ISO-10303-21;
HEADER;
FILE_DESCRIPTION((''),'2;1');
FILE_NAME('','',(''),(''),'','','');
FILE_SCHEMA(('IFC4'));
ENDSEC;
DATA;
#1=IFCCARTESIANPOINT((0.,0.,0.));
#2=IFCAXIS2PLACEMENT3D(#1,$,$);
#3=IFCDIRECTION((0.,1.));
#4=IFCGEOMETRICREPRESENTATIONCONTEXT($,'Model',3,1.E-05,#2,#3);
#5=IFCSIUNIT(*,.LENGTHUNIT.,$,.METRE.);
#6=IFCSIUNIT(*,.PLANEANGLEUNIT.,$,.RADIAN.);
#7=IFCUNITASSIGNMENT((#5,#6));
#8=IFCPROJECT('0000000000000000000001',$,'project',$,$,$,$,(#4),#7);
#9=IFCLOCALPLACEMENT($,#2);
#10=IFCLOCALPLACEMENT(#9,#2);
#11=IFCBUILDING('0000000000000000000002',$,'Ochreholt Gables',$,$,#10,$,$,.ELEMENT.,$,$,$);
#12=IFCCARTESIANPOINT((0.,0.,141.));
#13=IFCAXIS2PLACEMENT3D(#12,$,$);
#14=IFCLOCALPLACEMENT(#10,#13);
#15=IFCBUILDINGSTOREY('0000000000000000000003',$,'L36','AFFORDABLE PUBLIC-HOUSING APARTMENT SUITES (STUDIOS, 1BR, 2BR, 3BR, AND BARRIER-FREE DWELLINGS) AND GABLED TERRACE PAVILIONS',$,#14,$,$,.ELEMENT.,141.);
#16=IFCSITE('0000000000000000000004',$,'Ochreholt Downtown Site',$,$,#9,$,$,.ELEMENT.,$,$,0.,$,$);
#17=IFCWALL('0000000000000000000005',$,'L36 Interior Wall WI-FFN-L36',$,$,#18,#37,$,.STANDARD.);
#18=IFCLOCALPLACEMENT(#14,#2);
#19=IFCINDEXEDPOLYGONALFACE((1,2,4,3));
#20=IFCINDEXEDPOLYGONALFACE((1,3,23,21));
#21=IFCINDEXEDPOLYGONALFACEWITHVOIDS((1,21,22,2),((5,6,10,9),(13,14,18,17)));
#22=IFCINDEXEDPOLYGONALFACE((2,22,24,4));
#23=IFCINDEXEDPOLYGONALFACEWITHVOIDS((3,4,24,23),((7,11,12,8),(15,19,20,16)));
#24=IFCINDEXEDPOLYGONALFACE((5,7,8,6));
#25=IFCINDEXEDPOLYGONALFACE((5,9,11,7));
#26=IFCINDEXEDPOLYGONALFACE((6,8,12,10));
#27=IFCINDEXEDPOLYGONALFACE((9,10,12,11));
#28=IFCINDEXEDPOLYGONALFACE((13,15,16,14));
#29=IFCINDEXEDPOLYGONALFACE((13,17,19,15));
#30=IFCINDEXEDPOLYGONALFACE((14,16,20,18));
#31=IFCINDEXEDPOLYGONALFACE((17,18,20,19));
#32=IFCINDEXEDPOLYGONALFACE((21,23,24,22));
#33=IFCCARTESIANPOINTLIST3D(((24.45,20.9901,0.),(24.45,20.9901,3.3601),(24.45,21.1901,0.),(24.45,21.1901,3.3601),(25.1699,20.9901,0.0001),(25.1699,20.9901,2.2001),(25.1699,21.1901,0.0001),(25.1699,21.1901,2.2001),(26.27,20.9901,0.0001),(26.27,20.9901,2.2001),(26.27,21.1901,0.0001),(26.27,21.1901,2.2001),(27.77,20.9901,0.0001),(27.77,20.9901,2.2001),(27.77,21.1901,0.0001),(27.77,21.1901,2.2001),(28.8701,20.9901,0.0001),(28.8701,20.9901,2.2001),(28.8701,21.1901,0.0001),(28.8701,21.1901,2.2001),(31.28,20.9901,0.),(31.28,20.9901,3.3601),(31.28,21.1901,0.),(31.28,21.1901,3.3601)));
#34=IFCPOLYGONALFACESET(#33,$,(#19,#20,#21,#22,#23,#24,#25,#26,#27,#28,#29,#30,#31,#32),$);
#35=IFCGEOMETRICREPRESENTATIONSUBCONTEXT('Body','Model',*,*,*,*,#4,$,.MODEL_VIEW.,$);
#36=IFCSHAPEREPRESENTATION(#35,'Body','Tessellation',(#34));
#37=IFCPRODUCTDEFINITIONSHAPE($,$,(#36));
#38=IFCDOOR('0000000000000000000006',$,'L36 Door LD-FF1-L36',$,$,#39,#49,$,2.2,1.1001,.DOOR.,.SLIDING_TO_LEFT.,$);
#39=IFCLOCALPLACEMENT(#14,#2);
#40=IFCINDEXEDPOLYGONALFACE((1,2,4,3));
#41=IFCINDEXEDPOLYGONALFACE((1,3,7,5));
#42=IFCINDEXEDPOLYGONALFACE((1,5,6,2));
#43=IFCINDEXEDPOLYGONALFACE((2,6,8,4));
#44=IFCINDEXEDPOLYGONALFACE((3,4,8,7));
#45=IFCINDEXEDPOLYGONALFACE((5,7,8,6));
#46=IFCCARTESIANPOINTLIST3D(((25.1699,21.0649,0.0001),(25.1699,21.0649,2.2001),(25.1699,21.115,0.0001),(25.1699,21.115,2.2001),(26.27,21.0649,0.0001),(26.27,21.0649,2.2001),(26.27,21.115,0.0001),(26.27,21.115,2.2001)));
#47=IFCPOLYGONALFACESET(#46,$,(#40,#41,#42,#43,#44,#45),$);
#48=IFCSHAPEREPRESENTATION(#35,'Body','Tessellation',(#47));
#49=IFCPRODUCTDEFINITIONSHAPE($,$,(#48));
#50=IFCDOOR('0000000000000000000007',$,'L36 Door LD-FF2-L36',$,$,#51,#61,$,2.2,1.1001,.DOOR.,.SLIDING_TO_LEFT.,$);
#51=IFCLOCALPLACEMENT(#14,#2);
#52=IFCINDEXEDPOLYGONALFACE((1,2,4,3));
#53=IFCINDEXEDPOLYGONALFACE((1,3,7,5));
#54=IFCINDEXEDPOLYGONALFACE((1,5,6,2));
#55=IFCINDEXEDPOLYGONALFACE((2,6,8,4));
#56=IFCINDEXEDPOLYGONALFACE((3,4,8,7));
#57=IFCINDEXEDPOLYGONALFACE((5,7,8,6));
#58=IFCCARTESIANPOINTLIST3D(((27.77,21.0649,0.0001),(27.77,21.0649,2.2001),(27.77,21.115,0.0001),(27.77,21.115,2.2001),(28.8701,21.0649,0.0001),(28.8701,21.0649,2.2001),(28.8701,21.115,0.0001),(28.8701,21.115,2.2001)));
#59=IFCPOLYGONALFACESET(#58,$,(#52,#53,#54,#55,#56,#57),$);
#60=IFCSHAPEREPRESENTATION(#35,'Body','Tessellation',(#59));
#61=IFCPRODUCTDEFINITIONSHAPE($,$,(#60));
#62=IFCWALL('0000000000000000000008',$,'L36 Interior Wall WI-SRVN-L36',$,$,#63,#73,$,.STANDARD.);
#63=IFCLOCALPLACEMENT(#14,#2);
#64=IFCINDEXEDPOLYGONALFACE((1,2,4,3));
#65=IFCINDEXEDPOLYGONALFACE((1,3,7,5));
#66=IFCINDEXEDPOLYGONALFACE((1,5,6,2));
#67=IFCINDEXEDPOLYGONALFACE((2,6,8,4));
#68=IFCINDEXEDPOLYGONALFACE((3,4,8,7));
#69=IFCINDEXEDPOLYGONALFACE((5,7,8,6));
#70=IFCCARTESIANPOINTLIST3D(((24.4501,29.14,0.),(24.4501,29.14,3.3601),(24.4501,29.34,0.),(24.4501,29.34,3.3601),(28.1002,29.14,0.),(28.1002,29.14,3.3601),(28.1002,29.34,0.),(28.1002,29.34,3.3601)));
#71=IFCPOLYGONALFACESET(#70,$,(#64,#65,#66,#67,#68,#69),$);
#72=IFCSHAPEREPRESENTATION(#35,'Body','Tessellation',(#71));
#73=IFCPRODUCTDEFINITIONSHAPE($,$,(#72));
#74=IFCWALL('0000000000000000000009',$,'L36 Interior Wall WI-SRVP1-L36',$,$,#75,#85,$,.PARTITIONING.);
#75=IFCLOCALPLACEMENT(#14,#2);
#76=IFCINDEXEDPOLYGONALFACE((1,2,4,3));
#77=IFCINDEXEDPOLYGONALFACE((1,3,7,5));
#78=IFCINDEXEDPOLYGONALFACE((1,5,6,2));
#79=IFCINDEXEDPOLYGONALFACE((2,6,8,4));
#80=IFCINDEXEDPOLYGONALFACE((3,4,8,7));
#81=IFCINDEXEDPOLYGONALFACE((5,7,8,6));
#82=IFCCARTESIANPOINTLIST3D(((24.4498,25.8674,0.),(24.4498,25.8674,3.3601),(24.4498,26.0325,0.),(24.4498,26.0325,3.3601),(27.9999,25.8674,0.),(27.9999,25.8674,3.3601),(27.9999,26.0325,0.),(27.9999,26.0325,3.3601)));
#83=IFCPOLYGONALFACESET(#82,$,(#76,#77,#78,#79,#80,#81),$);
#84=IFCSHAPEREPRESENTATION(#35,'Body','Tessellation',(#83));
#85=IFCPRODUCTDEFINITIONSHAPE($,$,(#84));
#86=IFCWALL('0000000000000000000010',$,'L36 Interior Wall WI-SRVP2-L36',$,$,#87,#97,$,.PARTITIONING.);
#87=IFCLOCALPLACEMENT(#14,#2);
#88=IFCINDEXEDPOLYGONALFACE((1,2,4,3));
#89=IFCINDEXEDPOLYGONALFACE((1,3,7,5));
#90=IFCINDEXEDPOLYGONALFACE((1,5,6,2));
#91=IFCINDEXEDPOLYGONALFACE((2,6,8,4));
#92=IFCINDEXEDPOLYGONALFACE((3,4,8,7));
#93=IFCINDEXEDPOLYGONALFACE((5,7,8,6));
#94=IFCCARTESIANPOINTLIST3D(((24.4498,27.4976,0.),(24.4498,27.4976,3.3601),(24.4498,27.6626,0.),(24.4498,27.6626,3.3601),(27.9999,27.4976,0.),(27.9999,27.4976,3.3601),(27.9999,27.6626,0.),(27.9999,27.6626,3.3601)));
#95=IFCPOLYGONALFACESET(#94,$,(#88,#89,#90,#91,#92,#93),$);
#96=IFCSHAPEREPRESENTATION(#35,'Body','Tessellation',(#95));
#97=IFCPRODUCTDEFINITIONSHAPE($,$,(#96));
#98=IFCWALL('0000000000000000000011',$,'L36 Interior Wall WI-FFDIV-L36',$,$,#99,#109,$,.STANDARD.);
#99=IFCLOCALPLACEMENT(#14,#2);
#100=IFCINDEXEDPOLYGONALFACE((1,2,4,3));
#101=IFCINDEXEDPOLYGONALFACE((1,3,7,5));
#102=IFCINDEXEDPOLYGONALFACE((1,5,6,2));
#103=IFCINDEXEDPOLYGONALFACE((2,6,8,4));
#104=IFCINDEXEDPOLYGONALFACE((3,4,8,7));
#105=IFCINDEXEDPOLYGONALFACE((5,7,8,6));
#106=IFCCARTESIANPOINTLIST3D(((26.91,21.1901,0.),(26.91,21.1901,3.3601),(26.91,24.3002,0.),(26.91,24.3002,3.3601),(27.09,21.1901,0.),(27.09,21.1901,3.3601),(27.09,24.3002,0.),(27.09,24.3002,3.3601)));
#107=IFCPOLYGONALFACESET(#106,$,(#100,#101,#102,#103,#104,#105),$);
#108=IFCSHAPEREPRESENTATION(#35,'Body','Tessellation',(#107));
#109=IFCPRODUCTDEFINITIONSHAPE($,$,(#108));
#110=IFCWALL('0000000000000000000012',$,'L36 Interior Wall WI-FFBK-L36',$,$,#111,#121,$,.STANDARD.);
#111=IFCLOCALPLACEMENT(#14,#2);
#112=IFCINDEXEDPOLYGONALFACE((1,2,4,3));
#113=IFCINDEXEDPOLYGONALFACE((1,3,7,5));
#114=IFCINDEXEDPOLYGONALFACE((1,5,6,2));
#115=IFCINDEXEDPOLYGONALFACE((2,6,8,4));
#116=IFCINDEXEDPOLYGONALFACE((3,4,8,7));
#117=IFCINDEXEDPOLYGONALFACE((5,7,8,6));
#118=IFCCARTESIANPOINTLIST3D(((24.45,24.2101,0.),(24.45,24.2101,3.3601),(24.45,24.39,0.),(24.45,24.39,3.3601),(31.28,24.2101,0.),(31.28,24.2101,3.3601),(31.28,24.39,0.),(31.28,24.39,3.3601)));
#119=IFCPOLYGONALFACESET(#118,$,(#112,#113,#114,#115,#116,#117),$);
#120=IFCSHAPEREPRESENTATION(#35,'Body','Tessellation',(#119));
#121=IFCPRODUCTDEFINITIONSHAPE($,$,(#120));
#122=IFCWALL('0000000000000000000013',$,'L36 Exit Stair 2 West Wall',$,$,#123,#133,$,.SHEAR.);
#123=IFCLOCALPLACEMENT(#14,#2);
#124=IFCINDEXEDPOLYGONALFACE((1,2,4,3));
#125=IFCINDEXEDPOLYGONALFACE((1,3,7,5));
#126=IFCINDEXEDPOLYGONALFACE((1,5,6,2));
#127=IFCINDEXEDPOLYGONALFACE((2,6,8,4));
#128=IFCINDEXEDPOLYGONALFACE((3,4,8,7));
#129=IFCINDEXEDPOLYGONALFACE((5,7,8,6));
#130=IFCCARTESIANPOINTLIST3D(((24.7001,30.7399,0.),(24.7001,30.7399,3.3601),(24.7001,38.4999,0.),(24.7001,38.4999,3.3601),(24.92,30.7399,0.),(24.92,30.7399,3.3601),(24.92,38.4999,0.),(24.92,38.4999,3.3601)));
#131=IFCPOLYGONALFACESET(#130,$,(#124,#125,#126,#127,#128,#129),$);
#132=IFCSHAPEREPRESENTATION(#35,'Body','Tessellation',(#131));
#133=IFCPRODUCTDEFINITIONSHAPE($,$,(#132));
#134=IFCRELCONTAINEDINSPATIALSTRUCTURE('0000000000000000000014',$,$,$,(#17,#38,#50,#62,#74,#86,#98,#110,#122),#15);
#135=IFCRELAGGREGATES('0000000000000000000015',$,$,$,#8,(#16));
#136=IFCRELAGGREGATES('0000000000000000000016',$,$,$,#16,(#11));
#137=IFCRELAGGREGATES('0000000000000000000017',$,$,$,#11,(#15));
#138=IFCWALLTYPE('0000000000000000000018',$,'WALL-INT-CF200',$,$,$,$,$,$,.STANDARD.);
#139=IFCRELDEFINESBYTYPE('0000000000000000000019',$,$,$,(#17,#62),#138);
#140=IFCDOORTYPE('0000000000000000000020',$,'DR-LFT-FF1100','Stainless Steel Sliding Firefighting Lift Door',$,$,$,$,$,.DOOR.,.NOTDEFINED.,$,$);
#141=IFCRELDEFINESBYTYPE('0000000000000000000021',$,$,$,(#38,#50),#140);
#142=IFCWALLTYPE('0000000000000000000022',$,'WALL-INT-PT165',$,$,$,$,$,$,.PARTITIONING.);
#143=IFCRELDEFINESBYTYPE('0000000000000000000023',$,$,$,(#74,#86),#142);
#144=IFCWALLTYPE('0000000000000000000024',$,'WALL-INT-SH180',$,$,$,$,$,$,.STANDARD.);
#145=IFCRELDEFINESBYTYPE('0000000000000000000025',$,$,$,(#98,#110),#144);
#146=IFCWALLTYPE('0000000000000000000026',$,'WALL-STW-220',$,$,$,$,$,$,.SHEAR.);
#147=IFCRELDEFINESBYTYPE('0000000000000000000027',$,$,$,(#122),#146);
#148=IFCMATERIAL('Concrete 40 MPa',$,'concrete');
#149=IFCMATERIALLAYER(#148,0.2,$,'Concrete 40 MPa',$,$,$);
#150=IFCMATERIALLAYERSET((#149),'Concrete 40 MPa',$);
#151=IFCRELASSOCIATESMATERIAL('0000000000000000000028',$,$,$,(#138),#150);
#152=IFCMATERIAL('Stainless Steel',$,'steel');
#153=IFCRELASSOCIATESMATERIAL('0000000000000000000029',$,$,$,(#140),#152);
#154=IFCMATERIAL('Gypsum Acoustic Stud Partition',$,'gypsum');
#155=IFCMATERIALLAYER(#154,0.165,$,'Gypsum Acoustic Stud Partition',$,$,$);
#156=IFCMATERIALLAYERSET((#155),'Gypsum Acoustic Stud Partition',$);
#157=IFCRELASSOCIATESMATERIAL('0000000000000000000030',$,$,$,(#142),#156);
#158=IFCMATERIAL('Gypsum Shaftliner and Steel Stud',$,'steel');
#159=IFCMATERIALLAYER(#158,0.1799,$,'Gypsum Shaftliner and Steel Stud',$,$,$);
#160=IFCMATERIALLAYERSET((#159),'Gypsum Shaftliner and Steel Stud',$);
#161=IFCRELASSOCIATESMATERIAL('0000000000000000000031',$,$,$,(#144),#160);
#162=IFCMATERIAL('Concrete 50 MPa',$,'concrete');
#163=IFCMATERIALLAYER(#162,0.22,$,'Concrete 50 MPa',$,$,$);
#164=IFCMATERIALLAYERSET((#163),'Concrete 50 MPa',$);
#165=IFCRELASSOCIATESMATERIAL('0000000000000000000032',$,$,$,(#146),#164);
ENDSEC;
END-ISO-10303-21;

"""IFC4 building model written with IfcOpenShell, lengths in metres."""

from ifc_helpers import new_model, si_unit, direction, frame, frame_2d, origin, place, context, subcontext, project, spatial, rectangle, extrude, material, layer, layer_set, type_object, element, fill, save


model = new_model("IFC4")

# Units and contexts
model_context = context("Model", 3, precision=1e-05, world=origin(), true_north=direction((0.0, 1.0)))
body_context = subcontext(model_context, "Body", "Model", "MODEL_VIEW")
ifc_project = project(units=[si_unit("LENGTHUNIT", "METRE"), si_unit("PLANEANGLEUNIT", "RADIAN")], contexts=[model_context])

# Site, building, storey
site_placement = place(None, origin())
site = spatial("IfcSite", under=ifc_project, at=site_placement, Name="Ochreholt Downtown Site", CompositionType="ELEMENT", RefElevation=0.0)
building_placement = place(site_placement, origin())
building = spatial("IfcBuilding", under=site, at=building_placement, Name="Ochreholt Gables", CompositionType="ELEMENT")
storey_placement = place(building_placement, frame((0.0, 0.0, 141.0)))
storey = spatial("IfcBuildingStorey", under=building, at=storey_placement, Name="L36", Description="AFFORDABLE PUBLIC-HOUSING APARTMENT SUITES (STUDIOS, 1BR, 2BR, 3BR, AND BARRIER-FREE DWELLINGS) AND GABLED TERRACE PAVILIONS", CompositionType="ELEMENT", Elevation=141.0)

# Shared definitions
ifc_material_1 = material(Name="Concrete 50 MPa", Category="concrete")

# Wall, openings, doors
ifc_material_2 = material(Name="Concrete 40 MPa", Category="concrete")
ifc_layer_1 = layer(ifc_material_2, 0.2, Name="Concrete 40 MPa")
ifc_layer_set_1 = layer_set([ifc_layer_1], Name="Concrete 40 MPa")
wall_type_1 = type_object("IfcWallType", Name="WALL-INT-CF200", PredefinedType="STANDARD", material=ifc_layer_set_1)
wall_1_placement = place(storey_placement, frame((24.45, 21.0901, 0.0), z_axis=(0.0, 0.0, 1.0), x_axis=(1.0, 0.0, 0.0)))
wall_1 = element("IfcWall", 1, at=wall_1_placement, inside=storey, type_object=wall_type_1, Name="L36 Interior Wall WI-FFN-L36", PredefinedType="STANDARD", context=body_context, shape_type="SweptSolid", body=[
    extrude(rectangle(XDim=6.8301, YDim=0.2, at=frame_2d((3.415, 0.0))), origin(), (0.0, 0.0, 1.0), 3.3601),
])
opening_1_placement = place(wall_1_placement, frame((0.72, 0.0, 0.0)))
opening_1 = element("IfcOpeningElement", 2, at=opening_1_placement, cuts=wall_1, PredefinedType="OPENING", context=body_context, shape_type="SweptSolid", body=[
    extrude(rectangle(XDim=1.1001, YDim=2.2, at=frame_2d((0.55, 1.1001))), frame((0.0, 0.1099, 0.0), z_axis=(0.0, -1.0, 0.0), x_axis=(1.0, 0.0, 0.0)), (0.0, 0.0, 1.0), 0.22),
])
opening_2_placement = place(wall_1_placement, frame((3.3201, 0.0, 0.0)))
opening_2 = element("IfcOpeningElement", 3, at=opening_2_placement, cuts=wall_1, PredefinedType="OPENING", context=body_context, shape_type="SweptSolid", body=[
    extrude(rectangle(XDim=1.1001, YDim=2.2, at=frame_2d((0.55, 1.1001))), frame((0.0, 0.1099, 0.0), z_axis=(0.0, -1.0, 0.0), x_axis=(1.0, 0.0, 0.0)), (0.0, 0.0, 1.0), 0.22),
])
ifc_material_3 = material(Name="Stainless Steel", Category="steel")
door_type_1 = type_object("IfcDoorType", Name="DR-LFT-FF1100", Description="Stainless Steel Sliding Firefighting Lift Door", OperationType="NOTDEFINED", PredefinedType="DOOR", material=ifc_material_3)
door_1_placement = place(opening_1_placement, origin())
door_1 = element("IfcDoor", 4, at=door_1_placement, inside=storey, type_object=door_type_1, Name="L36 Door LD-FF1-L36", OperationType="SLIDING_TO_LEFT", OverallHeight=2.2, OverallWidth=1.1001, PredefinedType="DOOR", context=body_context, shape_type="SweptSolid", body=[
    extrude(rectangle(XDim=1.1001, YDim=2.2, at=frame_2d((0.55, 1.1001))), frame((0.0, 0.0249, 0.0), z_axis=(0.0, -1.0, 0.0), x_axis=(1.0, 0.0, 0.0)), (0.0, 0.0, 1.0), 0.05),
])
fill(opening_1, door_1)
door_2_placement = place(opening_2_placement, origin())
door_2 = element("IfcDoor", 5, at=door_2_placement, inside=storey, type_object=door_type_1, Name="L36 Door LD-FF2-L36", OperationType="SLIDING_TO_LEFT", OverallHeight=2.2, OverallWidth=1.1001, PredefinedType="DOOR", context=body_context, shape_type="SweptSolid", body=[
    extrude(rectangle(XDim=1.1001, YDim=2.2, at=frame_2d((0.55, 1.1001))), frame((0.0, 0.0249, 0.0), z_axis=(0.0, -1.0, 0.0), x_axis=(1.0, 0.0, 0.0)), (0.0, 0.0, 1.0), 0.05),
])
fill(opening_2, door_2)

# Walls
wall_2_placement = place(storey_placement, frame((24.45, 29.24, 0.0), z_axis=(0.0, 0.0, 1.0), x_axis=(1.0, 0.0, 0.0)))
element("IfcWall", 6, at=wall_2_placement, inside=storey, type_object=wall_type_1, Name="L36 Interior Wall WI-SRVN-L36", PredefinedType="STANDARD", context=body_context, shape_type="SweptSolid", body=[
    extrude(rectangle(XDim=3.6501, YDim=0.2, at=frame_2d((1.8252, 0.0))), origin(), (0.0, 0.0, 1.0), 3.3601),
])
ifc_material_4 = material(Name="Gypsum Acoustic Stud Partition", Category="gypsum")
ifc_layer_2 = layer(ifc_material_4, 0.165, Name="Gypsum Acoustic Stud Partition")
ifc_layer_set_2 = layer_set([ifc_layer_2], Name="Gypsum Acoustic Stud Partition")
wall_type_2 = type_object("IfcWallType", Name="WALL-INT-PT165", PredefinedType="PARTITIONING", material=ifc_layer_set_2)
for number, where, z_axis, x_axis, name in (
    (7, (24.45, 25.95, 0.0), (0.0, 0.0, 1.0), (1.0, 0.0, 0.0), "L36 Interior Wall WI-SRVP1-L36"),
    (8, (24.45, 27.5801, 0.0), (0.0, 0.0, 1.0), (1.0, 0.0, 0.0), "L36 Interior Wall WI-SRVP2-L36"),
):
    element("IfcWall", number, at=place(storey_placement, frame(where, z_axis=z_axis, x_axis=x_axis)), inside=storey, type_object=wall_type_2, Name=name, PredefinedType="PARTITIONING", context=body_context, shape_type="SweptSolid", body=[
        extrude(rectangle(XDim=3.55, YDim=0.165, at=frame_2d((1.7749, 0.0))), origin(), (0.0, 0.0, 1.0), 3.3601),
    ])
ifc_material_5 = material(Name="Gypsum Shaftliner and Steel Stud", Category="steel")
ifc_layer_3 = layer(ifc_material_5, 0.1799, Name="Gypsum Shaftliner and Steel Stud")
ifc_layer_set_3 = layer_set([ifc_layer_3], Name="Gypsum Shaftliner and Steel Stud")
wall_type_3 = type_object("IfcWallType", Name="WALL-INT-SH180", PredefinedType="STANDARD", material=ifc_layer_set_3)
wall_3_placement = place(storey_placement, frame((27.0, 21.1899, 0.0), z_axis=(0.0, 0.0, 1.0), x_axis=(0.0, 1.0, 0.0)))
element("IfcWall", 9, at=wall_3_placement, inside=storey, type_object=wall_type_3, Name="L36 Interior Wall WI-FFDIV-L36", PredefinedType="STANDARD", context=body_context, shape_type="SweptSolid", body=[
    extrude(rectangle(XDim=3.1101, YDim=0.1799, at=frame_2d((1.5552, 0.0))), origin(), (0.0, 0.0, 1.0), 3.3601),
])
wall_4_placement = place(storey_placement, frame((24.45, 24.3, 0.0), z_axis=(0.0, 0.0, 1.0), x_axis=(1.0, 0.0, 0.0)))
element("IfcWall", 10, at=wall_4_placement, inside=storey, type_object=wall_type_3, Name="L36 Interior Wall WI-FFBK-L36", PredefinedType="STANDARD", context=body_context, shape_type="SweptSolid", body=[
    extrude(rectangle(XDim=6.8301, YDim=0.1799, at=frame_2d((3.415, 0.0))), origin(), (0.0, 0.0, 1.0), 3.3601),
])
ifc_layer_4 = layer(ifc_material_1, 0.22, Name="Concrete 50 MPa")
ifc_layer_set_4 = layer_set([ifc_layer_4], Name="Concrete 50 MPa")
wall_type_4 = type_object("IfcWallType", Name="WALL-STW-220", PredefinedType="SHEAR", material=ifc_layer_set_4)
wall_5_placement = place(storey_placement, frame((24.8101, 30.74, 0.0), z_axis=(0.0, 0.0, 1.0), x_axis=(0.0, 1.0, 0.0)))
element("IfcWall", 11, at=wall_5_placement, inside=storey, type_object=wall_type_4, Name="L36 Exit Stair 2 West Wall", PredefinedType="SHEAR", context=body_context, shape_type="SweptSolid", body=[
    extrude(rectangle(XDim=7.76, YDim=0.22, at=frame_2d((3.8799, 0.0))), origin(), (0.0, 0.0, 1.0), 3.3601),
])

save(model, "model.ifc")
